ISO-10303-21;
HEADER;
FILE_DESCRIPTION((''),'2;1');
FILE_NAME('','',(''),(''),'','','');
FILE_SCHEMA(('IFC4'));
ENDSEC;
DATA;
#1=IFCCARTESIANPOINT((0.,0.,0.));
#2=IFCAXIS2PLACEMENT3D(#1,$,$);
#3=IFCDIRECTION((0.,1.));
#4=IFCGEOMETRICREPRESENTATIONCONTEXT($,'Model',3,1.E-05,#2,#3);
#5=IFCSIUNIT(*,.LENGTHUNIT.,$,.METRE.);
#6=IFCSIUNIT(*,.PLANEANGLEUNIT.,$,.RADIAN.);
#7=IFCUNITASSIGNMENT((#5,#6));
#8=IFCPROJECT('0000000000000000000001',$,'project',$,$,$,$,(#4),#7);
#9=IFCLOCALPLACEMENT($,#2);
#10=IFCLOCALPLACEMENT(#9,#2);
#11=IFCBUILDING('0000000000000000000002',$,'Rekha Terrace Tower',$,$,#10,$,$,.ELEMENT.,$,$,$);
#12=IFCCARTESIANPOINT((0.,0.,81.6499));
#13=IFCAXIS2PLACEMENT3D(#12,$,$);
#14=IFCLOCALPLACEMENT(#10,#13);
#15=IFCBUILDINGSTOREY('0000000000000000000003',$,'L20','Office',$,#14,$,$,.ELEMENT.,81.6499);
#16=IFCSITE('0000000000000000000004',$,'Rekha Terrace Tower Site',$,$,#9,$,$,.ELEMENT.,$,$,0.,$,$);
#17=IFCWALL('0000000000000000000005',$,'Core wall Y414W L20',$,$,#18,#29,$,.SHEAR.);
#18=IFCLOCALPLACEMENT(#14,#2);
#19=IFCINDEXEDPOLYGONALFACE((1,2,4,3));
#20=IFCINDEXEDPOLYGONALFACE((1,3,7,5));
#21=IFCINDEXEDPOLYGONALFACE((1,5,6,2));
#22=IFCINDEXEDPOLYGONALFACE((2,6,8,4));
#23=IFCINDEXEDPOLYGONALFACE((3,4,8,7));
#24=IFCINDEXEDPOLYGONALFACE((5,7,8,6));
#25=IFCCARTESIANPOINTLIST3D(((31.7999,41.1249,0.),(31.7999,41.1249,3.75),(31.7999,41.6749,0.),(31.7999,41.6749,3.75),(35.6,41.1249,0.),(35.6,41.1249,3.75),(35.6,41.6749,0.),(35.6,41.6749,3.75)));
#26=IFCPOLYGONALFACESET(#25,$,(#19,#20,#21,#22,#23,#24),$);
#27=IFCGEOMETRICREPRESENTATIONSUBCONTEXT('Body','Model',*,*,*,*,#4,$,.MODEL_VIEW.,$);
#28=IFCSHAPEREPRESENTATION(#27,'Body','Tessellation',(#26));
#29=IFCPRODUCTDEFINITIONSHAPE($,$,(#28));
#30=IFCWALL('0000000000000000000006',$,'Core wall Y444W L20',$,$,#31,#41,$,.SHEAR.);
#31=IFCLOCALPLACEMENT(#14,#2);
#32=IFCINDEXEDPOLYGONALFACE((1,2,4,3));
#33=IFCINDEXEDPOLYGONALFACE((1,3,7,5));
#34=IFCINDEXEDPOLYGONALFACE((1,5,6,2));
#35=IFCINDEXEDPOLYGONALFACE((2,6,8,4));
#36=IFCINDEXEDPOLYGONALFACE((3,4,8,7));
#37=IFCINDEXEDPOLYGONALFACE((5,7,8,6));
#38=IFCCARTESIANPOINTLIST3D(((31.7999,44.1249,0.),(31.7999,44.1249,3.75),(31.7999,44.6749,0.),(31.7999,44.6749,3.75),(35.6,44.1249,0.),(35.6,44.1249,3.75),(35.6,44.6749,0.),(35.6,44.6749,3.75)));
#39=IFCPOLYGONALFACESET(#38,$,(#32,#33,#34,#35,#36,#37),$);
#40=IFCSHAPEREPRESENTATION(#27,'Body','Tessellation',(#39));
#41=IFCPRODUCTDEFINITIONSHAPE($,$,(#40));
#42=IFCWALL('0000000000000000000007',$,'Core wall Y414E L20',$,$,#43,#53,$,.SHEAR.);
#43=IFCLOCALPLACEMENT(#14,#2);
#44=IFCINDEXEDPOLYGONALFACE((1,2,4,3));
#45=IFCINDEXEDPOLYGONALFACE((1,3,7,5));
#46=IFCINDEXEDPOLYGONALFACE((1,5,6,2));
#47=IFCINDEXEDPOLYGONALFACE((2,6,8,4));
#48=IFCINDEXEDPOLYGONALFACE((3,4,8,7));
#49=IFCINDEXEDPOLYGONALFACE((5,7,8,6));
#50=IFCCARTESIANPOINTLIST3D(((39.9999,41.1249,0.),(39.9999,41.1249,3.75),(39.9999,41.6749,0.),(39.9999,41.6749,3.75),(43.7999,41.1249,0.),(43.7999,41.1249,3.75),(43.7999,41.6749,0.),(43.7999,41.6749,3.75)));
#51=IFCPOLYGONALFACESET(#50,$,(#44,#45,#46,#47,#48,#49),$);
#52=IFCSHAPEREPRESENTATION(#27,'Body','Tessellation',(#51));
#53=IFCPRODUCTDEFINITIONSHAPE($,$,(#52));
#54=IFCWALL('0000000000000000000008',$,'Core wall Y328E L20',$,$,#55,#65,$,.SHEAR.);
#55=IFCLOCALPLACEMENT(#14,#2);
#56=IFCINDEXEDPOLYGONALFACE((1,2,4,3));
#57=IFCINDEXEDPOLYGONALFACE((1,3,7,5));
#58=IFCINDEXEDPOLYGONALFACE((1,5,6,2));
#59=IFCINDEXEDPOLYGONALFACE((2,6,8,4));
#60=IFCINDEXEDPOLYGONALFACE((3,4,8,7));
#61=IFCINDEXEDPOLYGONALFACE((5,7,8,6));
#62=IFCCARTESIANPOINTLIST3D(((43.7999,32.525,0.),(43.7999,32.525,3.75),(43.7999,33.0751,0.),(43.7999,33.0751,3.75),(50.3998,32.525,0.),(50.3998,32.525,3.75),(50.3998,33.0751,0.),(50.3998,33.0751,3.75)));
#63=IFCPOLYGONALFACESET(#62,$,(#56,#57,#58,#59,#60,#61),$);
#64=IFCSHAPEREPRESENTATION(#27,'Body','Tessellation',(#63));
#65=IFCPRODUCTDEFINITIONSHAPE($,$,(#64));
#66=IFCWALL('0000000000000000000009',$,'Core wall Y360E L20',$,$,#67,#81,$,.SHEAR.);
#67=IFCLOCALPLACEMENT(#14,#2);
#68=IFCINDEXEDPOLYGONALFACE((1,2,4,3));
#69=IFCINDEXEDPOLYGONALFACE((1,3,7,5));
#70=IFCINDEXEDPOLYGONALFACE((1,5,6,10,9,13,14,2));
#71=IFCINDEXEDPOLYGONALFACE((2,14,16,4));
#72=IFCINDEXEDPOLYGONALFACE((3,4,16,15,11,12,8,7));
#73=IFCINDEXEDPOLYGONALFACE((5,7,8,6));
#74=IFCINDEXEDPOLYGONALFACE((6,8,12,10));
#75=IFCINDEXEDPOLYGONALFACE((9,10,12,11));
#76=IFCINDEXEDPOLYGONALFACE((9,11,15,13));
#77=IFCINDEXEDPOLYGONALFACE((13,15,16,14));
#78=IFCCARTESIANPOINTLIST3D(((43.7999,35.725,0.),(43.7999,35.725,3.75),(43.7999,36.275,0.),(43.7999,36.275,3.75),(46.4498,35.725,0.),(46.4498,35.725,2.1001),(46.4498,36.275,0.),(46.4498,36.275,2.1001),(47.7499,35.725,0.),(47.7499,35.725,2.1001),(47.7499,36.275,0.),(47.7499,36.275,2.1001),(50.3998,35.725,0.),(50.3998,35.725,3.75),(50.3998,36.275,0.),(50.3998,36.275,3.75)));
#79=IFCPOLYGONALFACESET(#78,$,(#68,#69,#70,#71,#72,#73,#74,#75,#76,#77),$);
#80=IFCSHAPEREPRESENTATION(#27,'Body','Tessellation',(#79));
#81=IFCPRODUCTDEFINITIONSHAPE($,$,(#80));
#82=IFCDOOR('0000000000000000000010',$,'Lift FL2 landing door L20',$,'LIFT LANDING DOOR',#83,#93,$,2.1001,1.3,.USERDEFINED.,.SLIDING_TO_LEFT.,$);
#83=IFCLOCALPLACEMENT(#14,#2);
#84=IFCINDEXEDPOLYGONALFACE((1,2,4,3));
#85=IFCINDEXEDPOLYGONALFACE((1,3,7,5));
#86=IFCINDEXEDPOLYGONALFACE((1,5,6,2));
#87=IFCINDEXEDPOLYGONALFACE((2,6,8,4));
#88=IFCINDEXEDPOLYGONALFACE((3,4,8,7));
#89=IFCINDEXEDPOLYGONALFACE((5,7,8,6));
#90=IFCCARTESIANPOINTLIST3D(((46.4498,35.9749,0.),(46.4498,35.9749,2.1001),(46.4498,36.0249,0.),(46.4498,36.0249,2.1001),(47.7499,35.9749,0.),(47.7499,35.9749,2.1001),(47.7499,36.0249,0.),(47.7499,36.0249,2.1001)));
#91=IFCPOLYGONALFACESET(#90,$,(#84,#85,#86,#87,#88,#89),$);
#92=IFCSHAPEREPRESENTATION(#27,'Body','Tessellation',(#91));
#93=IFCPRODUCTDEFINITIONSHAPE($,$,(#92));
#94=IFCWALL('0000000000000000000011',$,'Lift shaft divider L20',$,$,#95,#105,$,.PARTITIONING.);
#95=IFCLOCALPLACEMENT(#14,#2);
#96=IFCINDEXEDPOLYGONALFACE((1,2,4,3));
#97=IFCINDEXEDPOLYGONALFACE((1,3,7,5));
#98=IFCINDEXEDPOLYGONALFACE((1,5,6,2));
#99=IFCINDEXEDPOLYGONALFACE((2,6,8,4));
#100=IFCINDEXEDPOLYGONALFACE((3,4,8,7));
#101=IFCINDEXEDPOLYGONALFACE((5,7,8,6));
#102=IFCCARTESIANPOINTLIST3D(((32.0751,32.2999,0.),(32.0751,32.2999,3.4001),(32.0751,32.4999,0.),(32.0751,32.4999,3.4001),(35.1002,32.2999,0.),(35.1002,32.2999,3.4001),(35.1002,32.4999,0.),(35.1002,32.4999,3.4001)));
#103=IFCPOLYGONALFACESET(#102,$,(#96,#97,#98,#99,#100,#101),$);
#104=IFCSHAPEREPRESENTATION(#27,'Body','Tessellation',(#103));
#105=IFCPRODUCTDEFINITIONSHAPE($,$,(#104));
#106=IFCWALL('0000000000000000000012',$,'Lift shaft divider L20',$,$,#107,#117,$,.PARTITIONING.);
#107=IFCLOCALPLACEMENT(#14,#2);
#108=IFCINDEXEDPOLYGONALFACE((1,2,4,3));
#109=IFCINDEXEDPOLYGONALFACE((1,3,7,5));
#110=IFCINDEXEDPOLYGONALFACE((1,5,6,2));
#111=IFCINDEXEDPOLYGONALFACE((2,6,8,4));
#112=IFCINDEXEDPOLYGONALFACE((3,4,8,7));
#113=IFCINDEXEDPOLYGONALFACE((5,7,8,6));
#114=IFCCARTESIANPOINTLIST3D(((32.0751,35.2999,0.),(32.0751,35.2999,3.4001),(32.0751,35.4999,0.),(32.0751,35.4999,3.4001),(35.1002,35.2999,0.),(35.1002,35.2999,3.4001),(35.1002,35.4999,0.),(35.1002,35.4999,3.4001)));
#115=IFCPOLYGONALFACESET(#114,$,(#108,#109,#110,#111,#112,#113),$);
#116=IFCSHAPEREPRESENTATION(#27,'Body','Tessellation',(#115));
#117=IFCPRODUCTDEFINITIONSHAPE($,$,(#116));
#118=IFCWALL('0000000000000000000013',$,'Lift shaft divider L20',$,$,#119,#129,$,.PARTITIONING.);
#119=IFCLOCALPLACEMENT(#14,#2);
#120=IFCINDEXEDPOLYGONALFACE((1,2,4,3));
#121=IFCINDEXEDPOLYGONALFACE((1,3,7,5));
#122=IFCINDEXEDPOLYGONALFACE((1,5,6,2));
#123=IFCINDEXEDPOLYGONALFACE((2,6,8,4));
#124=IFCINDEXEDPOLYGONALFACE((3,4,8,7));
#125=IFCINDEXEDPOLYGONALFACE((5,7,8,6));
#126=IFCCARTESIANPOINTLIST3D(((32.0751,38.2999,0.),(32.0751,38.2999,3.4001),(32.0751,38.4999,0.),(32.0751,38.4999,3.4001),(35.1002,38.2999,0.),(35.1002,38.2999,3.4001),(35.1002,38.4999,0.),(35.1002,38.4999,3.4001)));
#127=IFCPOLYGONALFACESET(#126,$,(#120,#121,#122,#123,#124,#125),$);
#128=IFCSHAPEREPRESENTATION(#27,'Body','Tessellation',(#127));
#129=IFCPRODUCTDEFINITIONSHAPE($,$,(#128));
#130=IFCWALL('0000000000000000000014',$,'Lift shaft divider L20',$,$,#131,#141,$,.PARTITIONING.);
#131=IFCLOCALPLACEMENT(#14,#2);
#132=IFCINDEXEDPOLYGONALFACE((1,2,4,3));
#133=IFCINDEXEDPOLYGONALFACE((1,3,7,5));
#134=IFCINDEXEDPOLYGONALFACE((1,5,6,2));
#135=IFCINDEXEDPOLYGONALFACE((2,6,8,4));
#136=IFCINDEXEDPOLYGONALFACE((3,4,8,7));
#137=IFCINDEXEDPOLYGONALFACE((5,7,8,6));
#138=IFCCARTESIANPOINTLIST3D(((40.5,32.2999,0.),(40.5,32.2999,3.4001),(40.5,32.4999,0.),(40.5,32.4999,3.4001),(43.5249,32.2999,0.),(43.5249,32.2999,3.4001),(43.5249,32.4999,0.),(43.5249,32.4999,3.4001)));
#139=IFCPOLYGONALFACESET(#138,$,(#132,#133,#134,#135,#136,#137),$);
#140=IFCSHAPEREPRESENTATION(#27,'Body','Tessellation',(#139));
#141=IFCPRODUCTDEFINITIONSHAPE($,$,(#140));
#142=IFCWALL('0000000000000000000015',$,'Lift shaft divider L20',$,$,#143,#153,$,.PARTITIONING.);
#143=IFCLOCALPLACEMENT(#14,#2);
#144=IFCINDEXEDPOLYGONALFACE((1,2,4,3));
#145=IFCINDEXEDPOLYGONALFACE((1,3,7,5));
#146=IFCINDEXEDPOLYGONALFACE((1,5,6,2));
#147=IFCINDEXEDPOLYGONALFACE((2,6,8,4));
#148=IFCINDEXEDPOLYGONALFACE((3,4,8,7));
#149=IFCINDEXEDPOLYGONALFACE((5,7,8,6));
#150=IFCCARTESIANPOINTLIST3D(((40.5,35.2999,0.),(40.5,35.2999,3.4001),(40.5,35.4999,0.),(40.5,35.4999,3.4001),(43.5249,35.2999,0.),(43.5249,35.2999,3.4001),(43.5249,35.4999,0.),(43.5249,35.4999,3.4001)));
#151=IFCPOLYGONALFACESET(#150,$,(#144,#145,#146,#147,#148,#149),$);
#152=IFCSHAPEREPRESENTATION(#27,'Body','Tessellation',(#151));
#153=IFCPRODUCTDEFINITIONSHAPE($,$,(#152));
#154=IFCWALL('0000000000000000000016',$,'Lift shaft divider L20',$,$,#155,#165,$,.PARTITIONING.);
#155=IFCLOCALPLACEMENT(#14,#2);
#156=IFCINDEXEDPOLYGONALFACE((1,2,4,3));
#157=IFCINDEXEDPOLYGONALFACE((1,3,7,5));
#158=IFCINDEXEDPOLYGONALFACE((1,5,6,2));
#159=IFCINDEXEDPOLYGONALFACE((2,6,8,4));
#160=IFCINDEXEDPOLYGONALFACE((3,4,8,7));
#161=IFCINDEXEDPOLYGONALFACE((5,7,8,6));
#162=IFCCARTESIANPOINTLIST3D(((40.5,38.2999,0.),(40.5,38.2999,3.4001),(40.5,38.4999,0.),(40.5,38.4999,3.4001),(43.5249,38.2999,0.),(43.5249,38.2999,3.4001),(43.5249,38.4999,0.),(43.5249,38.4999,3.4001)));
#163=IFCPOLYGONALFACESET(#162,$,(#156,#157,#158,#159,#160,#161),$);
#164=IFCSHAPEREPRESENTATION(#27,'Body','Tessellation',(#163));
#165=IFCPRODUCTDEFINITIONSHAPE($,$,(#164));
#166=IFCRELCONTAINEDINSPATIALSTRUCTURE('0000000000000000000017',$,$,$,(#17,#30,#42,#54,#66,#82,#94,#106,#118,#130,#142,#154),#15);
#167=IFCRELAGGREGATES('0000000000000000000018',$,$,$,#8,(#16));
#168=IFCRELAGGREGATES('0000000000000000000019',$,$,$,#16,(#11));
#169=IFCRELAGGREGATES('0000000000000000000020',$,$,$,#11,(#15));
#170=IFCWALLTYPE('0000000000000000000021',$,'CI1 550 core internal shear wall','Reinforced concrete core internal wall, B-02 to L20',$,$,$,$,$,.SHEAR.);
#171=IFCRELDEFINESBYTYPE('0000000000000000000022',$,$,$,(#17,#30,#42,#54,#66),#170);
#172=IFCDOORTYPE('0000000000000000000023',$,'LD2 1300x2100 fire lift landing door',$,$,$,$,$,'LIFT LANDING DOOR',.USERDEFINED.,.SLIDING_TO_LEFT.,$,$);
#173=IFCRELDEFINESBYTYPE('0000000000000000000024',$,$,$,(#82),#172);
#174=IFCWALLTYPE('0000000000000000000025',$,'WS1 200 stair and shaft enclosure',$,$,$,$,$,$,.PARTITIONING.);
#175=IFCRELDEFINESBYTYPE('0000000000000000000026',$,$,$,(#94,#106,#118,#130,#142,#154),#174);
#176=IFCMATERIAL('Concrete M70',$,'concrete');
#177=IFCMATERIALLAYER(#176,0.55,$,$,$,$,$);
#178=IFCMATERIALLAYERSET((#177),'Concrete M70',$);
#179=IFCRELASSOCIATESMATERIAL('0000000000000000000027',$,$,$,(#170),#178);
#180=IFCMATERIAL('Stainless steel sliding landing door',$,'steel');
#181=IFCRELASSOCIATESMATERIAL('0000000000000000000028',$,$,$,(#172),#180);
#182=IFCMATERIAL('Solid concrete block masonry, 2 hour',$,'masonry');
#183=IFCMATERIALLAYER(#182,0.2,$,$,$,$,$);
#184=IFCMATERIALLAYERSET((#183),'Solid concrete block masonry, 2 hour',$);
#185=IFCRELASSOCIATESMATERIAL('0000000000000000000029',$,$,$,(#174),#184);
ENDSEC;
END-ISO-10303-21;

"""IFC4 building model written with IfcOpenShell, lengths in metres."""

from ifc_helpers import new_model, si_unit, direction, frame, frame_2d, origin, place, context, subcontext, project, spatial, rectangle, extrude, material, layer, layer_set, type_object, element, fill, save


model = new_model("IFC4")

# Units and contexts
model_context = context("Model", 3, precision=1e-05, world=origin(), true_north=direction((0.0, 1.0)))
body_context = subcontext(model_context, "Body", "Model", "MODEL_VIEW")
ifc_project = project(units=[si_unit("LENGTHUNIT", "METRE"), si_unit("PLANEANGLEUNIT", "RADIAN")], contexts=[model_context])

# Site, building, storey
site_placement = place(None, origin())
site = spatial("IfcSite", under=ifc_project, at=site_placement, Name="Rekha Terrace Tower Site", CompositionType="ELEMENT", RefElevation=0.0)
building_placement = place(site_placement, origin())
building = spatial("IfcBuilding", under=site, at=building_placement, Name="Rekha Terrace Tower", CompositionType="ELEMENT")
storey_placement = place(building_placement, frame((0.0, 0.0, 81.6499)))
storey = spatial("IfcBuildingStorey", under=building, at=storey_placement, Name="L20", Description="Office", CompositionType="ELEMENT", Elevation=81.6499)

# Walls
ifc_material_1 = material(Name="Concrete M70", Category="concrete")
ifc_layer_1 = layer(ifc_material_1, 0.55)
ifc_layer_set_1 = layer_set([ifc_layer_1], Name="Concrete M70")
wall_type_1 = type_object("IfcWallType", Name="CI1 550 core internal shear wall", Description="Reinforced concrete core internal wall, B-02 to L20", PredefinedType="SHEAR", material=ifc_layer_set_1)
for number, where, z_axis, x_axis, name in (
    (1, (31.8, 41.3999, 0.0), (0.0, 0.0, 1.0), (1.0, 0.0, 0.0), "Core wall Y414W L20"),
    (2, (31.8, 44.3999, 0.0), (0.0, 0.0, 1.0), (1.0, 0.0, 0.0), "Core wall Y444W L20"),
    (3, (40.0, 41.3999, 0.0), (0.0, 0.0, 1.0), (1.0, 0.0, 0.0), "Core wall Y414E L20"),
):
    element("IfcWall", number, at=place(storey_placement, frame(where, z_axis=z_axis, x_axis=x_axis)), inside=storey, type_object=wall_type_1, Name=name, PredefinedType="SHEAR", context=body_context, shape_type="SweptSolid", body=[
        extrude(rectangle(XDim=3.8, YDim=0.55, at=frame_2d((1.8999, 0.0))), origin(), (0.0, 0.0, 1.0), 3.75),
    ])
wall_1_placement = place(storey_placement, frame((43.8, 32.8, 0.0), z_axis=(0.0, 0.0, 1.0), x_axis=(1.0, 0.0, 0.0)))
element("IfcWall", 4, at=wall_1_placement, inside=storey, type_object=wall_type_1, Name="Core wall Y328E L20", PredefinedType="SHEAR", context=body_context, shape_type="SweptSolid", body=[
    extrude(rectangle(XDim=6.5999, YDim=0.55, at=frame_2d((3.2998, 0.0))), origin(), (0.0, 0.0, 1.0), 3.75),
])

# Wall, opening, door
wall_2_placement = place(storey_placement, frame((43.8, 36.0, 0.0), z_axis=(0.0, 0.0, 1.0), x_axis=(1.0, 0.0, 0.0)))
wall_2 = element("IfcWall", 5, at=wall_2_placement, inside=storey, type_object=wall_type_1, Name="Core wall Y360E L20", PredefinedType="SHEAR", context=body_context, shape_type="SweptSolid", body=[
    extrude(rectangle(XDim=6.5999, YDim=0.55, at=frame_2d((3.2998, 0.0))), origin(), (0.0, 0.0, 1.0), 3.75),
])
opening_1_placement = place(wall_2_placement, frame((2.6499, 0.0, 0.0)))
opening_1 = element("IfcOpeningElement", 6, at=opening_1_placement, cuts=wall_2, PredefinedType="OPENING", context=body_context, shape_type="SweptSolid", body=[
    extrude(rectangle(XDim=1.3, YDim=2.1001, at=frame_2d((0.6499, 1.05))), frame((0.0, 0.2849, 0.0), z_axis=(0.0, -1.0, 0.0), x_axis=(1.0, 0.0, 0.0)), (0.0, 0.0, 1.0), 0.5701),
])
ifc_material_2 = material(Name="Stainless steel sliding landing door", Category="steel")
door_type_1 = type_object("IfcDoorType", Name="LD2 1300x2100 fire lift landing door", ElementType="LIFT LANDING DOOR", OperationType="SLIDING_TO_LEFT", PredefinedType="USERDEFINED", material=ifc_material_2)
door_1_placement = place(opening_1_placement, origin())
door_1 = element("IfcDoor", 7, at=door_1_placement, inside=storey, type_object=door_type_1, Name="Lift FL2 landing door L20", ObjectType="LIFT LANDING DOOR", OperationType="SLIDING_TO_LEFT", OverallHeight=2.1001, OverallWidth=1.3, PredefinedType="USERDEFINED", context=body_context, shape_type="SweptSolid", body=[
    extrude(rectangle(XDim=1.3, YDim=2.1001, at=frame_2d((0.6499, 1.05))), frame((0.0, 0.0249, 0.0), z_axis=(0.0, -1.0, 0.0), x_axis=(1.0, 0.0, 0.0)), (0.0, 0.0, 1.0), 0.05),
])
fill(opening_1, door_1)

# Walls
ifc_material_3 = material(Name="Solid concrete block masonry, 2 hour", Category="masonry")
ifc_layer_2 = layer(ifc_material_3, 0.2)
ifc_layer_set_2 = layer_set([ifc_layer_2], Name="Solid concrete block masonry, 2 hour")
wall_type_2 = type_object("IfcWallType", Name="WS1 200 stair and shaft enclosure", PredefinedType="PARTITIONING", material=ifc_layer_set_2)
for number, where, z_axis, x_axis, name in (
    (8, (32.075, 32.3999, 0.0), (0.0, 0.0, 1.0), (1.0, 0.0, 0.0), "Lift shaft divider L20"),
    (9, (32.075, 35.3999, 0.0), (0.0, 0.0, 1.0), (1.0, 0.0, 0.0), "Lift shaft divider L20"),
    (10, (32.075, 38.3999, 0.0), (0.0, 0.0, 1.0), (1.0, 0.0, 0.0), "Lift shaft divider L20"),
):
    element("IfcWall", number, at=place(storey_placement, frame(where, z_axis=z_axis, x_axis=x_axis)), inside=storey, type_object=wall_type_2, Name=name, PredefinedType="PARTITIONING", context=body_context, shape_type="SweptSolid", body=[
        extrude(rectangle(XDim=3.0251, YDim=0.2, at=frame_2d((1.5127, 0.0))), origin(), (0.0, 0.0, 1.0), 3.4001),
    ])
for number, where, z_axis, x_axis, name in (
    (11, (40.5, 32.3999, 0.0), (0.0, 0.0, 1.0), (1.0, 0.0, 0.0), "Lift shaft divider L20"),
    (12, (40.5, 35.3999, 0.0), (0.0, 0.0, 1.0), (1.0, 0.0, 0.0), "Lift shaft divider L20"),
    (13, (40.5, 38.3999, 0.0), (0.0, 0.0, 1.0), (1.0, 0.0, 0.0), "Lift shaft divider L20"),
):
    element("IfcWall", number, at=place(storey_placement, frame(where, z_axis=z_axis, x_axis=x_axis)), inside=storey, type_object=wall_type_2, Name=name, PredefinedType="PARTITIONING", context=body_context, shape_type="SweptSolid", body=[
        extrude(rectangle(XDim=3.0249, YDim=0.2, at=frame_2d((1.5125, 0.0))), origin(), (0.0, 0.0, 1.0), 3.4001),
    ])

save(model, "model.ifc")
